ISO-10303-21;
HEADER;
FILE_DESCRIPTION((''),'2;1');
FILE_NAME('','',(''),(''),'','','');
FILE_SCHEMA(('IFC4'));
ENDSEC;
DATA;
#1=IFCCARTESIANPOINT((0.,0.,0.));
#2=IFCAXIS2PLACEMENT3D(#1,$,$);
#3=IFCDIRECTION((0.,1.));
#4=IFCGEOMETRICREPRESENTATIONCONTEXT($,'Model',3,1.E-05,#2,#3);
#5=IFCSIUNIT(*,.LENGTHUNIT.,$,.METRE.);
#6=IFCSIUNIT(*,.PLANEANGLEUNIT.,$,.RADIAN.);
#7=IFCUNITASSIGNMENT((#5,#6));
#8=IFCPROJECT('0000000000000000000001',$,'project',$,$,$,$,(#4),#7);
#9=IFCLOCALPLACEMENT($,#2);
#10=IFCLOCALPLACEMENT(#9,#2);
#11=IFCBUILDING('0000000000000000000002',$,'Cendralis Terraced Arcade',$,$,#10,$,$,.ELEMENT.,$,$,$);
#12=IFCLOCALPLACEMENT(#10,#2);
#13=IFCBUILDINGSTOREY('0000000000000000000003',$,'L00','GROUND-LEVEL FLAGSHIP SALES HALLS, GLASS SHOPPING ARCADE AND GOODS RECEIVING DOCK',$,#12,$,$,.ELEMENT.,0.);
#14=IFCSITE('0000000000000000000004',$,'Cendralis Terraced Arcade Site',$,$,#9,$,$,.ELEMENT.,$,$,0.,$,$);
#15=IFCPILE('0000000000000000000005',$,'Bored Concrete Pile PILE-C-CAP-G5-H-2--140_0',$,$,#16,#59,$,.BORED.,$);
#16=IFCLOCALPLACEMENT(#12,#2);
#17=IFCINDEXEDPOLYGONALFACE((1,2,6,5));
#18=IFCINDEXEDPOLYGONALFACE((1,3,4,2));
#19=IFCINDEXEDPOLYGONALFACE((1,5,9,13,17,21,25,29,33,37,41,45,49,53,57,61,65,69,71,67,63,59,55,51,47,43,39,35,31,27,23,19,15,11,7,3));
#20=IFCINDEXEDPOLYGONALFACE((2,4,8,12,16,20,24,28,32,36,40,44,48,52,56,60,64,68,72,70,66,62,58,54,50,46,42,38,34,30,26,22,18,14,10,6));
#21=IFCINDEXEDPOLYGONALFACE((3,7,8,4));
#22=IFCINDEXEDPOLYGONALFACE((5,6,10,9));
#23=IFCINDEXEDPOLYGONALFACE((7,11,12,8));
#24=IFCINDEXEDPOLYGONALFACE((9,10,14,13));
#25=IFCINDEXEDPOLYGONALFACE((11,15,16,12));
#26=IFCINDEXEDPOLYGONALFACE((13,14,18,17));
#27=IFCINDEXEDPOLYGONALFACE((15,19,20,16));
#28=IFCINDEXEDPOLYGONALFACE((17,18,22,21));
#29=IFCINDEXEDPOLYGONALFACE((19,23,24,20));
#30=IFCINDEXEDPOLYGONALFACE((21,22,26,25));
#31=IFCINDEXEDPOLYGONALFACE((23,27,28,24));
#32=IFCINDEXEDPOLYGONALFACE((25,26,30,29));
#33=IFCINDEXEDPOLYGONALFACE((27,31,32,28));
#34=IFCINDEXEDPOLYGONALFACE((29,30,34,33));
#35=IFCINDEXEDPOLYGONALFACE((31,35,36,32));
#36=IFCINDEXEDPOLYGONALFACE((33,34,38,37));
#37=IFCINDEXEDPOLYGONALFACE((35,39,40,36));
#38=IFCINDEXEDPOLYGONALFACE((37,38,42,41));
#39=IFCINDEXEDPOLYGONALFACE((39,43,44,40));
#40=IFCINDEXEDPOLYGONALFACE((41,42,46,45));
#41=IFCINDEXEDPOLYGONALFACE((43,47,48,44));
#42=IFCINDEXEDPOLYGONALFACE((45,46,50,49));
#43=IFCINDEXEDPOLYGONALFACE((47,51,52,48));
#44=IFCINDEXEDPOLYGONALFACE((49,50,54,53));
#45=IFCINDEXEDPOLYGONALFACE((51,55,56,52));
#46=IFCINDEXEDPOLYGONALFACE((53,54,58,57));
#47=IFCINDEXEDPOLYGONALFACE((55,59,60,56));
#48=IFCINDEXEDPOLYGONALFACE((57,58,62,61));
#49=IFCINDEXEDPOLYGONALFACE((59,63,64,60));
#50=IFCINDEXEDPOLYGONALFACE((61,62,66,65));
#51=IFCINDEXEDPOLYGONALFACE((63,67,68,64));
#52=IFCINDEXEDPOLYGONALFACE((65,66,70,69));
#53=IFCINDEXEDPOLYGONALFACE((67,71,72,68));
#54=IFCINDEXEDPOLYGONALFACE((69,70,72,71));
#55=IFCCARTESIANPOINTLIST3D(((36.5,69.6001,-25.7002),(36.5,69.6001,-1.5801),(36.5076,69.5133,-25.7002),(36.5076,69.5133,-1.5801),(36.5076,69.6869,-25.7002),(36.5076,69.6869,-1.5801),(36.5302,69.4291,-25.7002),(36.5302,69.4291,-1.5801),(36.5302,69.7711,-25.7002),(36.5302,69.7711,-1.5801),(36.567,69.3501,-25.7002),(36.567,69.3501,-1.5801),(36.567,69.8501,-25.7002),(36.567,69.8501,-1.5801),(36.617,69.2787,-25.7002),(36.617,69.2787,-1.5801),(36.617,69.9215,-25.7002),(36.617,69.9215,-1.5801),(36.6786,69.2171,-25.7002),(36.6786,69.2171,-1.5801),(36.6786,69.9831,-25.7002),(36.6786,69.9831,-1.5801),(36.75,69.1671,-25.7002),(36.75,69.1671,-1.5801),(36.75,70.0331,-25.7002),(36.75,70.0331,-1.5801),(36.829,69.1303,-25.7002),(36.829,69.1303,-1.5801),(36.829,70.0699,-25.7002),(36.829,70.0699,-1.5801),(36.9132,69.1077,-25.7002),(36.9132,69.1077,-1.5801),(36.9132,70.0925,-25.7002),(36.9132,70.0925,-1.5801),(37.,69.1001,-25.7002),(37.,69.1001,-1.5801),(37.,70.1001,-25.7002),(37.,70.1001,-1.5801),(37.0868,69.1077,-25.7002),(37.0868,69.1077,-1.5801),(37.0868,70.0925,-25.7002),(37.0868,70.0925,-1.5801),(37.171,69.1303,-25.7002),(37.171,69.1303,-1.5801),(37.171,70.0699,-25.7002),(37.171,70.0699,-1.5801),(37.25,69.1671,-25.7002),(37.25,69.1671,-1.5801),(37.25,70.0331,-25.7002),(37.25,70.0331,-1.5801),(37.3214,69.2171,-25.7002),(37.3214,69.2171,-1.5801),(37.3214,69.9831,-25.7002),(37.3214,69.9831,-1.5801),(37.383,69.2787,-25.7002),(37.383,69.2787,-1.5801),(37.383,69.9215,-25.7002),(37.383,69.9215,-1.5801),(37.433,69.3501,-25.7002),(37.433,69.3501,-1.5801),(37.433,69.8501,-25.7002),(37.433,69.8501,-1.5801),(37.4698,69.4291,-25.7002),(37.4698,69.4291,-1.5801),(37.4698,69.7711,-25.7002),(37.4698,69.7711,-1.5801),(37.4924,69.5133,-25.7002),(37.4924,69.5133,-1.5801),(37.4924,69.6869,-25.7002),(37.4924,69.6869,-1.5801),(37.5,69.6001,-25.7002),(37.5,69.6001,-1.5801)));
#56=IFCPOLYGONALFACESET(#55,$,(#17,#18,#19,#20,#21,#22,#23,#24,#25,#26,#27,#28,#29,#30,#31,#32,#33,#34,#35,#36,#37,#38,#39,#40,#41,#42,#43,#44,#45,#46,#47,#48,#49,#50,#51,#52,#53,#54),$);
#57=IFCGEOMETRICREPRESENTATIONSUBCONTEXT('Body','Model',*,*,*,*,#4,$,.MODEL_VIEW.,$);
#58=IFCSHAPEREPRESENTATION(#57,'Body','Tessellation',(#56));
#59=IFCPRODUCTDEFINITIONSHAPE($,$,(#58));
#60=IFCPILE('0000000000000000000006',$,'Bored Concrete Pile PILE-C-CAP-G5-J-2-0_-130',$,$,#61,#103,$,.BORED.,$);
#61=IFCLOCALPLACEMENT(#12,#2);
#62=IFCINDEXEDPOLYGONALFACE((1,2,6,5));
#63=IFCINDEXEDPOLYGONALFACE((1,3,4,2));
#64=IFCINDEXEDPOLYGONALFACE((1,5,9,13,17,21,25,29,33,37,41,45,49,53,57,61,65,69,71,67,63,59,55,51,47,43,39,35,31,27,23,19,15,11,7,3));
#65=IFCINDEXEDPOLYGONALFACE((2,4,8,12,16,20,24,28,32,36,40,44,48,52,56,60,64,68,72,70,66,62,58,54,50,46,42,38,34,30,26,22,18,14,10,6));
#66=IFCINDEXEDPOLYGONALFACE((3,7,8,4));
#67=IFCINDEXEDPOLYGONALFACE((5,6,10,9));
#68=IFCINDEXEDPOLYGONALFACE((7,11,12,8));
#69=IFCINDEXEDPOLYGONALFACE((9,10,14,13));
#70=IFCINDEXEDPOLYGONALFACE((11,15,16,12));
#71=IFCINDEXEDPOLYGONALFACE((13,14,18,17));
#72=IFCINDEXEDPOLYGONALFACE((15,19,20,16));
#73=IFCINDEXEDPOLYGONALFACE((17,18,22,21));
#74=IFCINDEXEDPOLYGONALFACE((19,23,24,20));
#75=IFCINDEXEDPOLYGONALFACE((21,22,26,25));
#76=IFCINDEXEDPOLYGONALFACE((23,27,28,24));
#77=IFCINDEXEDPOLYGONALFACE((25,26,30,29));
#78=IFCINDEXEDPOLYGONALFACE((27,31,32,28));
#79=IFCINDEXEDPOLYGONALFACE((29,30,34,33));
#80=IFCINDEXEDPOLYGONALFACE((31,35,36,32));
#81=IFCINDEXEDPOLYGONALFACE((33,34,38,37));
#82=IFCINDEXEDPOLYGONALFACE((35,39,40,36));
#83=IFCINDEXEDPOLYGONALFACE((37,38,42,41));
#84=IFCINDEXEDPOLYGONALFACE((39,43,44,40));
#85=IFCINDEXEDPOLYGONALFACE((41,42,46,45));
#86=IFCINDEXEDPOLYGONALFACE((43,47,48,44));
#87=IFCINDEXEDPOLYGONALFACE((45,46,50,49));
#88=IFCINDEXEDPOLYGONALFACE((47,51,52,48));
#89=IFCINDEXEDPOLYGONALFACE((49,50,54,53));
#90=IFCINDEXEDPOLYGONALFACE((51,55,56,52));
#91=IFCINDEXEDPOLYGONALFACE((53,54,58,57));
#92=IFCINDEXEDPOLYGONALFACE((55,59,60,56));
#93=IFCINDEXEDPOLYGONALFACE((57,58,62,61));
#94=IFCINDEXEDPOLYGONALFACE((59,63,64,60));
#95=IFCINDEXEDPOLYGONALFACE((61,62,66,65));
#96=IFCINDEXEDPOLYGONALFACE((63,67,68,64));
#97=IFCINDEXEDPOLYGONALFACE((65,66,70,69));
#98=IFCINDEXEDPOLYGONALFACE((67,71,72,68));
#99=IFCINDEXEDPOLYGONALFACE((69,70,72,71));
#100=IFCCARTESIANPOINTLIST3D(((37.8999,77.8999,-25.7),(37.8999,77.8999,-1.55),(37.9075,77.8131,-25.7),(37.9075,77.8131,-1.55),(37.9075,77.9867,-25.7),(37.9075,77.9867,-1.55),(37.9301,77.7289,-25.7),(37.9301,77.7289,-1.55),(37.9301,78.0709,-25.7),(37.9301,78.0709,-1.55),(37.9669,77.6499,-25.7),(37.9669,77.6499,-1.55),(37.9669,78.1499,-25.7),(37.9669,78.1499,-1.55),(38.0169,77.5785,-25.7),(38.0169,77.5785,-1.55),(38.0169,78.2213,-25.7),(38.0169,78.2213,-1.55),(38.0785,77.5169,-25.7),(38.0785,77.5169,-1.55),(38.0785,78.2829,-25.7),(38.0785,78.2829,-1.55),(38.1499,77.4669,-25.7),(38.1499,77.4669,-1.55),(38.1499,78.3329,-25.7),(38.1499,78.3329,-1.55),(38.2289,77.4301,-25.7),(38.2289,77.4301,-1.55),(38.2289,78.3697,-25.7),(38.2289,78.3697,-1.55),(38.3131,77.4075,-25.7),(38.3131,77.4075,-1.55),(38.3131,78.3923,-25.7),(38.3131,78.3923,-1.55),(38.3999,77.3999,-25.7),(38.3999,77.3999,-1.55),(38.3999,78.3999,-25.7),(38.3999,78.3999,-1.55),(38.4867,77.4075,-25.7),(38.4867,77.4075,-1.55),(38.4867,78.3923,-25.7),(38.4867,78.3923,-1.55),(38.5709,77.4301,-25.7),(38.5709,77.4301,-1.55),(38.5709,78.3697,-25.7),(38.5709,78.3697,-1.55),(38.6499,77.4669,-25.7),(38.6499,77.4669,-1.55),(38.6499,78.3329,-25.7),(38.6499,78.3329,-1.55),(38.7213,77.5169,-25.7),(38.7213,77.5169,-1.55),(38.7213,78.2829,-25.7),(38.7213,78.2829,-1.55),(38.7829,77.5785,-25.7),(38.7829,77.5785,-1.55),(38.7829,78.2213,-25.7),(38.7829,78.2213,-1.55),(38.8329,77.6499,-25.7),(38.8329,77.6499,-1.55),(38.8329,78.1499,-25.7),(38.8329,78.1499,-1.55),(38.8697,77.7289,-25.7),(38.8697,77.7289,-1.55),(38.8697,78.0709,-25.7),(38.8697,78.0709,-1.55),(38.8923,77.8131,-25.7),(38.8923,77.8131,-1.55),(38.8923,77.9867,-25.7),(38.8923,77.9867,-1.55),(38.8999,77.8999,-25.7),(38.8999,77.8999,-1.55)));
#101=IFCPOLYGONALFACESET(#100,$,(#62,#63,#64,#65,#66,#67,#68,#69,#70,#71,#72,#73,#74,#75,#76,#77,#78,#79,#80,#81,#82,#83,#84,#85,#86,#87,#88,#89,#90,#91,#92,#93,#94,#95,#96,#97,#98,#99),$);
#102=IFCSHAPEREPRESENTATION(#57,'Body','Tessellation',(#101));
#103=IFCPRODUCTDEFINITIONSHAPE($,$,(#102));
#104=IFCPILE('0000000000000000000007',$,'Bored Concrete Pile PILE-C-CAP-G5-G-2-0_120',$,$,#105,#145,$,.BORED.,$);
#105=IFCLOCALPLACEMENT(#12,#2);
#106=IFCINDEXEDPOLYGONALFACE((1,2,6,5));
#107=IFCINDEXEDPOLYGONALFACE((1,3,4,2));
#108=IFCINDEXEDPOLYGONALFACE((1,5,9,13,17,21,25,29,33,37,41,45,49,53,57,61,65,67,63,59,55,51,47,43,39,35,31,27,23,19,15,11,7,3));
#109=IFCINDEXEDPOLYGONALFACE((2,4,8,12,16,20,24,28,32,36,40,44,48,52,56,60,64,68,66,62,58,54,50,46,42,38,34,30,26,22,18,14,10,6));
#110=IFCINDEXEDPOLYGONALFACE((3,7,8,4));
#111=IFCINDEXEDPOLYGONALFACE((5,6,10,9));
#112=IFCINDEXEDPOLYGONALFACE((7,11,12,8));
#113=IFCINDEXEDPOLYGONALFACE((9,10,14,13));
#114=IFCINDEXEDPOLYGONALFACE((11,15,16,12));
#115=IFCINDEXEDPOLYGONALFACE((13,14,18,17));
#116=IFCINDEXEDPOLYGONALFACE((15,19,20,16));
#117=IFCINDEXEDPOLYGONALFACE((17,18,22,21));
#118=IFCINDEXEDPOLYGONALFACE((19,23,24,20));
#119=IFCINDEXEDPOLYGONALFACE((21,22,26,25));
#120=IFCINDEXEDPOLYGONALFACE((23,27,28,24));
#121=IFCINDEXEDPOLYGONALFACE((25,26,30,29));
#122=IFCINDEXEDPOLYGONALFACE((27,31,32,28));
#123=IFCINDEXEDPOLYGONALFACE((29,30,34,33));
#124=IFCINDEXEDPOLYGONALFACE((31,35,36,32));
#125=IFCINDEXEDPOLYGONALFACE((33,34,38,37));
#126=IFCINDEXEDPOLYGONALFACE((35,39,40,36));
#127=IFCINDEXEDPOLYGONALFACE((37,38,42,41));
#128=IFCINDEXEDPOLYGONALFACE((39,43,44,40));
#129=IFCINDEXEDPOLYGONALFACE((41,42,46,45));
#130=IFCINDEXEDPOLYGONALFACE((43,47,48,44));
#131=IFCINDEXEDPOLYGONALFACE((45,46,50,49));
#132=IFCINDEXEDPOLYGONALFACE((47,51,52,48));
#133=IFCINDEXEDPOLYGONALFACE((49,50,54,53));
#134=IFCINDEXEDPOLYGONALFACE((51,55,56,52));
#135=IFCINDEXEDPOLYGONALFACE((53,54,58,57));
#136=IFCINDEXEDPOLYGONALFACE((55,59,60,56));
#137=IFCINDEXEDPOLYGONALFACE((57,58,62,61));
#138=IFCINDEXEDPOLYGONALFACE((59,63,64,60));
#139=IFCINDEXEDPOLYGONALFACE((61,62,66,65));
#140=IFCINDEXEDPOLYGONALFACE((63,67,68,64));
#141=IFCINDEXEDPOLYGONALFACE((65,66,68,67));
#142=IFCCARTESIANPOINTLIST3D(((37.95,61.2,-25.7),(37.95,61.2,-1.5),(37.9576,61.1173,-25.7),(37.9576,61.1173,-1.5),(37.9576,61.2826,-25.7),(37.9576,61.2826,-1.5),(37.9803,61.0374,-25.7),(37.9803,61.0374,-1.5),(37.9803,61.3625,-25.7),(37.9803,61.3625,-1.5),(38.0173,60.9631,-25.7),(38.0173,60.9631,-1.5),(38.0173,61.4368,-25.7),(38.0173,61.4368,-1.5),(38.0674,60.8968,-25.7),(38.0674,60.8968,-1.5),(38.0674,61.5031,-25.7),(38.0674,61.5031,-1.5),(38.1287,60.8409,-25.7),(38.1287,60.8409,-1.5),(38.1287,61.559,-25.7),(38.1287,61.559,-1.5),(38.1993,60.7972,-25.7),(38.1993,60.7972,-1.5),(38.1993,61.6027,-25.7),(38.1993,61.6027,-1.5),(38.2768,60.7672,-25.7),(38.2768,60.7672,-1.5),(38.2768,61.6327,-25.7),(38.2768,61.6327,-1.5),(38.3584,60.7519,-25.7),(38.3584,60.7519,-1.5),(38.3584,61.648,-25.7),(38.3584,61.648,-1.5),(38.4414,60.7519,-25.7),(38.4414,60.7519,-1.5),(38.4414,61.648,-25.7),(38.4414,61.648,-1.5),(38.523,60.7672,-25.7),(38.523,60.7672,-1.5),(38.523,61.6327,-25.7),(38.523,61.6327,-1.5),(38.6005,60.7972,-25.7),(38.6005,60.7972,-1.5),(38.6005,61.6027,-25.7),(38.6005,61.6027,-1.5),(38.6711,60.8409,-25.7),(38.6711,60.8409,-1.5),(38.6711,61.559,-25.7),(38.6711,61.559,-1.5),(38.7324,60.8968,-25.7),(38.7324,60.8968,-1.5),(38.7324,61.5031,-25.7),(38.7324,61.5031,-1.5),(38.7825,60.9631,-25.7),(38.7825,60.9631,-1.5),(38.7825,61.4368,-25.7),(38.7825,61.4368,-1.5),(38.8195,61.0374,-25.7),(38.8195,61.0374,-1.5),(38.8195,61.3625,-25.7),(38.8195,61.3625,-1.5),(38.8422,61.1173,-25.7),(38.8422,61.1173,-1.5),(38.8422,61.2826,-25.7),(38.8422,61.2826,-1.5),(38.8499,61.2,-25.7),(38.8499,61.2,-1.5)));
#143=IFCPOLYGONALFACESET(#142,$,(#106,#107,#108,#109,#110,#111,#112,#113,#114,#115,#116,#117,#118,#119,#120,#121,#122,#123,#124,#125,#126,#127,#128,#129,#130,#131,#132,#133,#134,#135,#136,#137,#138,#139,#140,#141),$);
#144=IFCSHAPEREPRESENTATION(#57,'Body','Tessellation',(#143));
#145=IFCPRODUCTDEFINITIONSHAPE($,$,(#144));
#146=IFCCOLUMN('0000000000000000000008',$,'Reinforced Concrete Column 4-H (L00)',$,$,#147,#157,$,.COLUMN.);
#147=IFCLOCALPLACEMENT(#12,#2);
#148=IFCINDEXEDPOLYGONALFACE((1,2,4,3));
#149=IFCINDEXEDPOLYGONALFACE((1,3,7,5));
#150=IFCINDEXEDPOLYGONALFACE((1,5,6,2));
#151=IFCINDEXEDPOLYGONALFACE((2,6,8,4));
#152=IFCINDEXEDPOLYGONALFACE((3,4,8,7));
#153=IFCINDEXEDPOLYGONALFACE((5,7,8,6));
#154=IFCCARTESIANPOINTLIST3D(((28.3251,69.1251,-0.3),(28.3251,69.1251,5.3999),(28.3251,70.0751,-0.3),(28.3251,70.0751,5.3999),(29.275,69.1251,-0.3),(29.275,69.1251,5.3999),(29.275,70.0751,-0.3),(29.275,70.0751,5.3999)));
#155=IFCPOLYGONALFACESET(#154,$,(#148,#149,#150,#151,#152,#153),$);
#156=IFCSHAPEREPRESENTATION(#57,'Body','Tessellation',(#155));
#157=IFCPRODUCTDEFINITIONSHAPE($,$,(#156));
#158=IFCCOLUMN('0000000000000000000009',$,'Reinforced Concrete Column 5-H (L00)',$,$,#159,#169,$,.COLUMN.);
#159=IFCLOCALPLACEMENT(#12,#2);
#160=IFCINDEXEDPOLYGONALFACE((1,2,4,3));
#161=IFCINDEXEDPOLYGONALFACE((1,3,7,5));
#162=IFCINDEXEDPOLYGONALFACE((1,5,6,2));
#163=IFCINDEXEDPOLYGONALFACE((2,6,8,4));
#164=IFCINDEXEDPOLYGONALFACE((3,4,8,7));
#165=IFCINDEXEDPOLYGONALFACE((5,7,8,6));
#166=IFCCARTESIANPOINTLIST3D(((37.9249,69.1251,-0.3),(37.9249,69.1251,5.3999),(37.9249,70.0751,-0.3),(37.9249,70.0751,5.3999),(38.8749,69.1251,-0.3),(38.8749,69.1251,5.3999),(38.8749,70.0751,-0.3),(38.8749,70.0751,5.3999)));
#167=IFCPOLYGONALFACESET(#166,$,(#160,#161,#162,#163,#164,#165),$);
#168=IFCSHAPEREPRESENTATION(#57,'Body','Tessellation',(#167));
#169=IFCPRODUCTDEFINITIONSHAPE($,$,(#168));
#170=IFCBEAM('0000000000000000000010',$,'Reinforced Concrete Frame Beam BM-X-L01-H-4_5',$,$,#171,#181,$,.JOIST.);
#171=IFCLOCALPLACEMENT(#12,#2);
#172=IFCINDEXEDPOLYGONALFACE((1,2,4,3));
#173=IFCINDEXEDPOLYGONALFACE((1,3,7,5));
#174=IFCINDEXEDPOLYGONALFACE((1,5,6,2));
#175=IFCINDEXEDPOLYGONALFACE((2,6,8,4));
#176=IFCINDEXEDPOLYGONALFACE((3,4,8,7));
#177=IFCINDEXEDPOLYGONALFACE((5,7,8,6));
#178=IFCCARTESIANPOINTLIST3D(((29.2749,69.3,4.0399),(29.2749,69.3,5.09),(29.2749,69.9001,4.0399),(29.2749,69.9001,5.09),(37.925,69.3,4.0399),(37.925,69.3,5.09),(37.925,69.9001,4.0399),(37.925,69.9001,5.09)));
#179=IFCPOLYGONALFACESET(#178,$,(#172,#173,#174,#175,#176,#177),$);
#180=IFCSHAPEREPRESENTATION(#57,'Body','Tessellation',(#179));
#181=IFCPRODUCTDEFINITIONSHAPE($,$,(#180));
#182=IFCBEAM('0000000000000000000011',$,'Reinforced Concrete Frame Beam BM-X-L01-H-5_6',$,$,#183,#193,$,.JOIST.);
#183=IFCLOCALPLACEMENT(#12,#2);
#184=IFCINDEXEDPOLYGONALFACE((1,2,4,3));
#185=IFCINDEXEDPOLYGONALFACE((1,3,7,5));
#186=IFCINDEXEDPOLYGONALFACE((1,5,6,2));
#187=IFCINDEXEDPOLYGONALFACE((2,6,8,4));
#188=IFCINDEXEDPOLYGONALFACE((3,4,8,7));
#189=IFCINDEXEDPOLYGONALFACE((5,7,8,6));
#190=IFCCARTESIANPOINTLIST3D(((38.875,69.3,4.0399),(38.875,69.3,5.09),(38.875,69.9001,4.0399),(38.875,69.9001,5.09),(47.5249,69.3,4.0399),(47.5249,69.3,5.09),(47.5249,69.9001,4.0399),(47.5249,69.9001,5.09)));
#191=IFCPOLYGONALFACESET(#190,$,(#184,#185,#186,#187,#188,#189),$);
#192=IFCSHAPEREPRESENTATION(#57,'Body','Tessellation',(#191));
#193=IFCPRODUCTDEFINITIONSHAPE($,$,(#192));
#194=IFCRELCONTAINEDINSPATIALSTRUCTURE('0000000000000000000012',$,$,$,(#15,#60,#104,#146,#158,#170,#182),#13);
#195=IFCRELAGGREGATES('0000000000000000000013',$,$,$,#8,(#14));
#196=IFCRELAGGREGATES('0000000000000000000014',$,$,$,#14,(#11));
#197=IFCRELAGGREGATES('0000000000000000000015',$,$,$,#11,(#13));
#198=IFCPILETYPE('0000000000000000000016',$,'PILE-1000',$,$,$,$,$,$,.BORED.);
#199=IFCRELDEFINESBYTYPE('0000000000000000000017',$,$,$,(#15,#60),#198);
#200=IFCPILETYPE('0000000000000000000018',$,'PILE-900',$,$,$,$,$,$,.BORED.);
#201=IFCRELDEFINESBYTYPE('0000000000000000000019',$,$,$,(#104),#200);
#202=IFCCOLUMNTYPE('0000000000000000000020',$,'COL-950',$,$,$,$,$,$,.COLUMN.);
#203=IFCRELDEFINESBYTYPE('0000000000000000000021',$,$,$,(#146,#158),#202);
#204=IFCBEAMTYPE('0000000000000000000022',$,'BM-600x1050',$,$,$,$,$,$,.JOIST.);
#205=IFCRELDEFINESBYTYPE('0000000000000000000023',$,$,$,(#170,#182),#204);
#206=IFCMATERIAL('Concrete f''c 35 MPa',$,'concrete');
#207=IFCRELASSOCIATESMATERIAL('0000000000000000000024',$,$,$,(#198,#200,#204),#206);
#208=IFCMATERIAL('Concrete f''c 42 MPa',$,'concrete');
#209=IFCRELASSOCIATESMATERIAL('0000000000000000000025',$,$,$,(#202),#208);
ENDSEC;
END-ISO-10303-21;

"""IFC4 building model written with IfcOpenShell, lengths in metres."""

from ifc_helpers import new_model, si_unit, direction, frame, origin, origin_2d, place, context, subcontext, project, spatial, rectangle, circle, extrude, material, material_profile, profile_set, type_object, element, save


model = new_model("IFC4")

# Units and contexts
model_context = context("Model", 3, precision=1e-05, world=origin(), true_north=direction((0.0, 1.0)))
body_context = subcontext(model_context, "Body", "Model", "MODEL_VIEW")
ifc_project = project(units=[si_unit("LENGTHUNIT", "METRE"), si_unit("PLANEANGLEUNIT", "RADIAN")], contexts=[model_context])

# Site, building, storey
site_placement = place(None, origin())
site = spatial("IfcSite", under=ifc_project, at=site_placement, Name="Cendralis Terraced Arcade Site", CompositionType="ELEMENT", RefElevation=0.0)
building_placement = place(site_placement, origin())
building = spatial("IfcBuilding", under=site, at=building_placement, Name="Cendralis Terraced Arcade", CompositionType="ELEMENT")
storey_placement = place(building_placement, origin())
storey = spatial("IfcBuildingStorey", under=building, at=storey_placement, Name="L00", Description="GROUND-LEVEL FLAGSHIP SALES HALLS, GLASS SHOPPING ARCADE AND GOODS RECEIVING DOCK", CompositionType="ELEMENT", Elevation=0.0)

# Shared definitions
ifc_material_1 = material(Name="Concrete f'c 35 MPa", Category="concrete")

# Piles
ifc_material_profile_1 = material_profile(ifc_material_1, circle(Radius=0.5, at=origin_2d()), Name="PILE-D1000", Category="LoadBearing")
ifc_profile_set_1 = profile_set([ifc_material_profile_1], Name="Concrete f'c 35 MPa")
pile_type_1 = type_object("IfcPileType", Name="PILE-1000", PredefinedType="BORED", material=ifc_profile_set_1)
pile_1_placement = place(storey_placement, frame((37.0, 69.6001, -1.5801), z_axis=(0.0, 0.0, -1.0), x_axis=(1.0, 0.0, 0.0)))
element("IfcPile", 1, at=pile_1_placement, inside=storey, type_object=pile_type_1, Name="Bored Concrete Pile PILE-C-CAP-G5-H-2--140_0", PredefinedType="BORED", context=body_context, shape_type="SweptSolid", body=[
    extrude(circle(Radius=0.5, at=origin_2d()), origin(), (0.0, 0.0, 1.0), 24.1201),
])
pile_2_placement = place(storey_placement, frame((38.3999, 77.8999, -1.55), z_axis=(0.0, 0.0, -1.0), x_axis=(1.0, 0.0, 0.0)))
element("IfcPile", 2, at=pile_2_placement, inside=storey, type_object=pile_type_1, Name="Bored Concrete Pile PILE-C-CAP-G5-J-2-0_-130", PredefinedType="BORED", context=body_context, shape_type="SweptSolid", body=[
    extrude(circle(Radius=0.5, at=origin_2d()), origin(), (0.0, 0.0, 1.0), 24.1499),
])
ifc_material_profile_2 = material_profile(ifc_material_1, circle(Radius=0.45, at=origin_2d()), Name="PILE-D900", Category="LoadBearing")
ifc_profile_set_2 = profile_set([ifc_material_profile_2], Name="Concrete f'c 35 MPa")
pile_type_2 = type_object("IfcPileType", Name="PILE-900", PredefinedType="BORED", material=ifc_profile_set_2)
pile_3_placement = place(storey_placement, frame((38.3999, 61.2, -1.5), z_axis=(0.0, 0.0, -1.0), x_axis=(1.0, 0.0, 0.0)))
element("IfcPile", 3, at=pile_3_placement, inside=storey, type_object=pile_type_2, Name="Bored Concrete Pile PILE-C-CAP-G5-G-2-0_120", PredefinedType="BORED", context=body_context, shape_type="SweptSolid", body=[
    extrude(circle(Radius=0.45, at=origin_2d()), origin(), (0.0, 0.0, 1.0), 24.2),
])

# Columns
ifc_material_2 = material(Name="Concrete f'c 42 MPa", Category="concrete")
ifc_material_profile_3 = material_profile(ifc_material_2, rectangle(XDim=0.95, YDim=0.95, at=origin_2d()), Name="RC-COL-950x950", Category="LoadBearing")
ifc_profile_set_3 = profile_set([ifc_material_profile_3], Name="Concrete f'c 42 MPa")
column_type = type_object("IfcColumnType", Name="COL-950", PredefinedType="COLUMN", material=ifc_profile_set_3)
for number, where, z_axis, x_axis, name in (
    (4, (28.8, 69.6001, -0.3), (0.0, 0.0, 1.0), (1.0, 0.0, 0.0), "Reinforced Concrete Column 4-H (L00)"),
    (5, (38.3999, 69.6001, -0.3), (0.0, 0.0, 1.0), (1.0, 0.0, 0.0), "Reinforced Concrete Column 5-H (L00)"),
):
    element("IfcColumn", number, at=place(storey_placement, frame(where, z_axis=z_axis, x_axis=x_axis)), inside=storey, type_object=column_type, Name=name, PredefinedType="COLUMN", context=body_context, shape_type="SweptSolid", body=[
        extrude(rectangle(XDim=0.95, YDim=0.95, at=origin_2d()), origin(), (0.0, 0.0, 1.0), 5.7),
    ])

# Beams
ifc_material_profile_4 = material_profile(ifc_material_1, rectangle(XDim=0.6001, YDim=1.05, at=origin_2d()), Name="RC-BM-600x1050", Category="LoadBearing")
ifc_profile_set_4 = profile_set([ifc_material_profile_4], Name="Concrete f'c 35 MPa")
beam_type = type_object("IfcBeamType", Name="BM-600x1050", PredefinedType="JOIST", material=ifc_profile_set_4)
beam_1_placement = place(storey_placement, frame((29.2749, 69.6001, 4.5649), z_axis=(1.0, 0.0, 0.0), x_axis=(0.0, 1.0, 0.0)))
element("IfcBeam", 6, at=beam_1_placement, inside=storey, type_object=beam_type, Name="Reinforced Concrete Frame Beam BM-X-L01-H-4_5", PredefinedType="JOIST", context=body_context, shape_type="SweptSolid", body=[
    extrude(rectangle(XDim=0.6001, YDim=1.05, at=origin_2d()), origin(), (0.0, 0.0, 1.0), 8.6501),
])
for number, where, z_axis, x_axis, name in (
    (7, (38.875, 69.6001, 4.5649), (1.0, 0.0, 0.0), (0.0, 1.0, 0.0), "Reinforced Concrete Frame Beam BM-X-L01-H-5_6"),
):
    element("IfcBeam", number, at=place(storey_placement, frame(where, z_axis=z_axis, x_axis=x_axis)), inside=storey, type_object=beam_type, Name=name, PredefinedType="JOIST", context=body_context, shape_type="SweptSolid", body=[
        extrude(rectangle(XDim=0.6001, YDim=1.05, at=origin_2d()), origin(), (0.0, 0.0, 1.0), 8.6499),
    ])

save(model, "model.ifc")
